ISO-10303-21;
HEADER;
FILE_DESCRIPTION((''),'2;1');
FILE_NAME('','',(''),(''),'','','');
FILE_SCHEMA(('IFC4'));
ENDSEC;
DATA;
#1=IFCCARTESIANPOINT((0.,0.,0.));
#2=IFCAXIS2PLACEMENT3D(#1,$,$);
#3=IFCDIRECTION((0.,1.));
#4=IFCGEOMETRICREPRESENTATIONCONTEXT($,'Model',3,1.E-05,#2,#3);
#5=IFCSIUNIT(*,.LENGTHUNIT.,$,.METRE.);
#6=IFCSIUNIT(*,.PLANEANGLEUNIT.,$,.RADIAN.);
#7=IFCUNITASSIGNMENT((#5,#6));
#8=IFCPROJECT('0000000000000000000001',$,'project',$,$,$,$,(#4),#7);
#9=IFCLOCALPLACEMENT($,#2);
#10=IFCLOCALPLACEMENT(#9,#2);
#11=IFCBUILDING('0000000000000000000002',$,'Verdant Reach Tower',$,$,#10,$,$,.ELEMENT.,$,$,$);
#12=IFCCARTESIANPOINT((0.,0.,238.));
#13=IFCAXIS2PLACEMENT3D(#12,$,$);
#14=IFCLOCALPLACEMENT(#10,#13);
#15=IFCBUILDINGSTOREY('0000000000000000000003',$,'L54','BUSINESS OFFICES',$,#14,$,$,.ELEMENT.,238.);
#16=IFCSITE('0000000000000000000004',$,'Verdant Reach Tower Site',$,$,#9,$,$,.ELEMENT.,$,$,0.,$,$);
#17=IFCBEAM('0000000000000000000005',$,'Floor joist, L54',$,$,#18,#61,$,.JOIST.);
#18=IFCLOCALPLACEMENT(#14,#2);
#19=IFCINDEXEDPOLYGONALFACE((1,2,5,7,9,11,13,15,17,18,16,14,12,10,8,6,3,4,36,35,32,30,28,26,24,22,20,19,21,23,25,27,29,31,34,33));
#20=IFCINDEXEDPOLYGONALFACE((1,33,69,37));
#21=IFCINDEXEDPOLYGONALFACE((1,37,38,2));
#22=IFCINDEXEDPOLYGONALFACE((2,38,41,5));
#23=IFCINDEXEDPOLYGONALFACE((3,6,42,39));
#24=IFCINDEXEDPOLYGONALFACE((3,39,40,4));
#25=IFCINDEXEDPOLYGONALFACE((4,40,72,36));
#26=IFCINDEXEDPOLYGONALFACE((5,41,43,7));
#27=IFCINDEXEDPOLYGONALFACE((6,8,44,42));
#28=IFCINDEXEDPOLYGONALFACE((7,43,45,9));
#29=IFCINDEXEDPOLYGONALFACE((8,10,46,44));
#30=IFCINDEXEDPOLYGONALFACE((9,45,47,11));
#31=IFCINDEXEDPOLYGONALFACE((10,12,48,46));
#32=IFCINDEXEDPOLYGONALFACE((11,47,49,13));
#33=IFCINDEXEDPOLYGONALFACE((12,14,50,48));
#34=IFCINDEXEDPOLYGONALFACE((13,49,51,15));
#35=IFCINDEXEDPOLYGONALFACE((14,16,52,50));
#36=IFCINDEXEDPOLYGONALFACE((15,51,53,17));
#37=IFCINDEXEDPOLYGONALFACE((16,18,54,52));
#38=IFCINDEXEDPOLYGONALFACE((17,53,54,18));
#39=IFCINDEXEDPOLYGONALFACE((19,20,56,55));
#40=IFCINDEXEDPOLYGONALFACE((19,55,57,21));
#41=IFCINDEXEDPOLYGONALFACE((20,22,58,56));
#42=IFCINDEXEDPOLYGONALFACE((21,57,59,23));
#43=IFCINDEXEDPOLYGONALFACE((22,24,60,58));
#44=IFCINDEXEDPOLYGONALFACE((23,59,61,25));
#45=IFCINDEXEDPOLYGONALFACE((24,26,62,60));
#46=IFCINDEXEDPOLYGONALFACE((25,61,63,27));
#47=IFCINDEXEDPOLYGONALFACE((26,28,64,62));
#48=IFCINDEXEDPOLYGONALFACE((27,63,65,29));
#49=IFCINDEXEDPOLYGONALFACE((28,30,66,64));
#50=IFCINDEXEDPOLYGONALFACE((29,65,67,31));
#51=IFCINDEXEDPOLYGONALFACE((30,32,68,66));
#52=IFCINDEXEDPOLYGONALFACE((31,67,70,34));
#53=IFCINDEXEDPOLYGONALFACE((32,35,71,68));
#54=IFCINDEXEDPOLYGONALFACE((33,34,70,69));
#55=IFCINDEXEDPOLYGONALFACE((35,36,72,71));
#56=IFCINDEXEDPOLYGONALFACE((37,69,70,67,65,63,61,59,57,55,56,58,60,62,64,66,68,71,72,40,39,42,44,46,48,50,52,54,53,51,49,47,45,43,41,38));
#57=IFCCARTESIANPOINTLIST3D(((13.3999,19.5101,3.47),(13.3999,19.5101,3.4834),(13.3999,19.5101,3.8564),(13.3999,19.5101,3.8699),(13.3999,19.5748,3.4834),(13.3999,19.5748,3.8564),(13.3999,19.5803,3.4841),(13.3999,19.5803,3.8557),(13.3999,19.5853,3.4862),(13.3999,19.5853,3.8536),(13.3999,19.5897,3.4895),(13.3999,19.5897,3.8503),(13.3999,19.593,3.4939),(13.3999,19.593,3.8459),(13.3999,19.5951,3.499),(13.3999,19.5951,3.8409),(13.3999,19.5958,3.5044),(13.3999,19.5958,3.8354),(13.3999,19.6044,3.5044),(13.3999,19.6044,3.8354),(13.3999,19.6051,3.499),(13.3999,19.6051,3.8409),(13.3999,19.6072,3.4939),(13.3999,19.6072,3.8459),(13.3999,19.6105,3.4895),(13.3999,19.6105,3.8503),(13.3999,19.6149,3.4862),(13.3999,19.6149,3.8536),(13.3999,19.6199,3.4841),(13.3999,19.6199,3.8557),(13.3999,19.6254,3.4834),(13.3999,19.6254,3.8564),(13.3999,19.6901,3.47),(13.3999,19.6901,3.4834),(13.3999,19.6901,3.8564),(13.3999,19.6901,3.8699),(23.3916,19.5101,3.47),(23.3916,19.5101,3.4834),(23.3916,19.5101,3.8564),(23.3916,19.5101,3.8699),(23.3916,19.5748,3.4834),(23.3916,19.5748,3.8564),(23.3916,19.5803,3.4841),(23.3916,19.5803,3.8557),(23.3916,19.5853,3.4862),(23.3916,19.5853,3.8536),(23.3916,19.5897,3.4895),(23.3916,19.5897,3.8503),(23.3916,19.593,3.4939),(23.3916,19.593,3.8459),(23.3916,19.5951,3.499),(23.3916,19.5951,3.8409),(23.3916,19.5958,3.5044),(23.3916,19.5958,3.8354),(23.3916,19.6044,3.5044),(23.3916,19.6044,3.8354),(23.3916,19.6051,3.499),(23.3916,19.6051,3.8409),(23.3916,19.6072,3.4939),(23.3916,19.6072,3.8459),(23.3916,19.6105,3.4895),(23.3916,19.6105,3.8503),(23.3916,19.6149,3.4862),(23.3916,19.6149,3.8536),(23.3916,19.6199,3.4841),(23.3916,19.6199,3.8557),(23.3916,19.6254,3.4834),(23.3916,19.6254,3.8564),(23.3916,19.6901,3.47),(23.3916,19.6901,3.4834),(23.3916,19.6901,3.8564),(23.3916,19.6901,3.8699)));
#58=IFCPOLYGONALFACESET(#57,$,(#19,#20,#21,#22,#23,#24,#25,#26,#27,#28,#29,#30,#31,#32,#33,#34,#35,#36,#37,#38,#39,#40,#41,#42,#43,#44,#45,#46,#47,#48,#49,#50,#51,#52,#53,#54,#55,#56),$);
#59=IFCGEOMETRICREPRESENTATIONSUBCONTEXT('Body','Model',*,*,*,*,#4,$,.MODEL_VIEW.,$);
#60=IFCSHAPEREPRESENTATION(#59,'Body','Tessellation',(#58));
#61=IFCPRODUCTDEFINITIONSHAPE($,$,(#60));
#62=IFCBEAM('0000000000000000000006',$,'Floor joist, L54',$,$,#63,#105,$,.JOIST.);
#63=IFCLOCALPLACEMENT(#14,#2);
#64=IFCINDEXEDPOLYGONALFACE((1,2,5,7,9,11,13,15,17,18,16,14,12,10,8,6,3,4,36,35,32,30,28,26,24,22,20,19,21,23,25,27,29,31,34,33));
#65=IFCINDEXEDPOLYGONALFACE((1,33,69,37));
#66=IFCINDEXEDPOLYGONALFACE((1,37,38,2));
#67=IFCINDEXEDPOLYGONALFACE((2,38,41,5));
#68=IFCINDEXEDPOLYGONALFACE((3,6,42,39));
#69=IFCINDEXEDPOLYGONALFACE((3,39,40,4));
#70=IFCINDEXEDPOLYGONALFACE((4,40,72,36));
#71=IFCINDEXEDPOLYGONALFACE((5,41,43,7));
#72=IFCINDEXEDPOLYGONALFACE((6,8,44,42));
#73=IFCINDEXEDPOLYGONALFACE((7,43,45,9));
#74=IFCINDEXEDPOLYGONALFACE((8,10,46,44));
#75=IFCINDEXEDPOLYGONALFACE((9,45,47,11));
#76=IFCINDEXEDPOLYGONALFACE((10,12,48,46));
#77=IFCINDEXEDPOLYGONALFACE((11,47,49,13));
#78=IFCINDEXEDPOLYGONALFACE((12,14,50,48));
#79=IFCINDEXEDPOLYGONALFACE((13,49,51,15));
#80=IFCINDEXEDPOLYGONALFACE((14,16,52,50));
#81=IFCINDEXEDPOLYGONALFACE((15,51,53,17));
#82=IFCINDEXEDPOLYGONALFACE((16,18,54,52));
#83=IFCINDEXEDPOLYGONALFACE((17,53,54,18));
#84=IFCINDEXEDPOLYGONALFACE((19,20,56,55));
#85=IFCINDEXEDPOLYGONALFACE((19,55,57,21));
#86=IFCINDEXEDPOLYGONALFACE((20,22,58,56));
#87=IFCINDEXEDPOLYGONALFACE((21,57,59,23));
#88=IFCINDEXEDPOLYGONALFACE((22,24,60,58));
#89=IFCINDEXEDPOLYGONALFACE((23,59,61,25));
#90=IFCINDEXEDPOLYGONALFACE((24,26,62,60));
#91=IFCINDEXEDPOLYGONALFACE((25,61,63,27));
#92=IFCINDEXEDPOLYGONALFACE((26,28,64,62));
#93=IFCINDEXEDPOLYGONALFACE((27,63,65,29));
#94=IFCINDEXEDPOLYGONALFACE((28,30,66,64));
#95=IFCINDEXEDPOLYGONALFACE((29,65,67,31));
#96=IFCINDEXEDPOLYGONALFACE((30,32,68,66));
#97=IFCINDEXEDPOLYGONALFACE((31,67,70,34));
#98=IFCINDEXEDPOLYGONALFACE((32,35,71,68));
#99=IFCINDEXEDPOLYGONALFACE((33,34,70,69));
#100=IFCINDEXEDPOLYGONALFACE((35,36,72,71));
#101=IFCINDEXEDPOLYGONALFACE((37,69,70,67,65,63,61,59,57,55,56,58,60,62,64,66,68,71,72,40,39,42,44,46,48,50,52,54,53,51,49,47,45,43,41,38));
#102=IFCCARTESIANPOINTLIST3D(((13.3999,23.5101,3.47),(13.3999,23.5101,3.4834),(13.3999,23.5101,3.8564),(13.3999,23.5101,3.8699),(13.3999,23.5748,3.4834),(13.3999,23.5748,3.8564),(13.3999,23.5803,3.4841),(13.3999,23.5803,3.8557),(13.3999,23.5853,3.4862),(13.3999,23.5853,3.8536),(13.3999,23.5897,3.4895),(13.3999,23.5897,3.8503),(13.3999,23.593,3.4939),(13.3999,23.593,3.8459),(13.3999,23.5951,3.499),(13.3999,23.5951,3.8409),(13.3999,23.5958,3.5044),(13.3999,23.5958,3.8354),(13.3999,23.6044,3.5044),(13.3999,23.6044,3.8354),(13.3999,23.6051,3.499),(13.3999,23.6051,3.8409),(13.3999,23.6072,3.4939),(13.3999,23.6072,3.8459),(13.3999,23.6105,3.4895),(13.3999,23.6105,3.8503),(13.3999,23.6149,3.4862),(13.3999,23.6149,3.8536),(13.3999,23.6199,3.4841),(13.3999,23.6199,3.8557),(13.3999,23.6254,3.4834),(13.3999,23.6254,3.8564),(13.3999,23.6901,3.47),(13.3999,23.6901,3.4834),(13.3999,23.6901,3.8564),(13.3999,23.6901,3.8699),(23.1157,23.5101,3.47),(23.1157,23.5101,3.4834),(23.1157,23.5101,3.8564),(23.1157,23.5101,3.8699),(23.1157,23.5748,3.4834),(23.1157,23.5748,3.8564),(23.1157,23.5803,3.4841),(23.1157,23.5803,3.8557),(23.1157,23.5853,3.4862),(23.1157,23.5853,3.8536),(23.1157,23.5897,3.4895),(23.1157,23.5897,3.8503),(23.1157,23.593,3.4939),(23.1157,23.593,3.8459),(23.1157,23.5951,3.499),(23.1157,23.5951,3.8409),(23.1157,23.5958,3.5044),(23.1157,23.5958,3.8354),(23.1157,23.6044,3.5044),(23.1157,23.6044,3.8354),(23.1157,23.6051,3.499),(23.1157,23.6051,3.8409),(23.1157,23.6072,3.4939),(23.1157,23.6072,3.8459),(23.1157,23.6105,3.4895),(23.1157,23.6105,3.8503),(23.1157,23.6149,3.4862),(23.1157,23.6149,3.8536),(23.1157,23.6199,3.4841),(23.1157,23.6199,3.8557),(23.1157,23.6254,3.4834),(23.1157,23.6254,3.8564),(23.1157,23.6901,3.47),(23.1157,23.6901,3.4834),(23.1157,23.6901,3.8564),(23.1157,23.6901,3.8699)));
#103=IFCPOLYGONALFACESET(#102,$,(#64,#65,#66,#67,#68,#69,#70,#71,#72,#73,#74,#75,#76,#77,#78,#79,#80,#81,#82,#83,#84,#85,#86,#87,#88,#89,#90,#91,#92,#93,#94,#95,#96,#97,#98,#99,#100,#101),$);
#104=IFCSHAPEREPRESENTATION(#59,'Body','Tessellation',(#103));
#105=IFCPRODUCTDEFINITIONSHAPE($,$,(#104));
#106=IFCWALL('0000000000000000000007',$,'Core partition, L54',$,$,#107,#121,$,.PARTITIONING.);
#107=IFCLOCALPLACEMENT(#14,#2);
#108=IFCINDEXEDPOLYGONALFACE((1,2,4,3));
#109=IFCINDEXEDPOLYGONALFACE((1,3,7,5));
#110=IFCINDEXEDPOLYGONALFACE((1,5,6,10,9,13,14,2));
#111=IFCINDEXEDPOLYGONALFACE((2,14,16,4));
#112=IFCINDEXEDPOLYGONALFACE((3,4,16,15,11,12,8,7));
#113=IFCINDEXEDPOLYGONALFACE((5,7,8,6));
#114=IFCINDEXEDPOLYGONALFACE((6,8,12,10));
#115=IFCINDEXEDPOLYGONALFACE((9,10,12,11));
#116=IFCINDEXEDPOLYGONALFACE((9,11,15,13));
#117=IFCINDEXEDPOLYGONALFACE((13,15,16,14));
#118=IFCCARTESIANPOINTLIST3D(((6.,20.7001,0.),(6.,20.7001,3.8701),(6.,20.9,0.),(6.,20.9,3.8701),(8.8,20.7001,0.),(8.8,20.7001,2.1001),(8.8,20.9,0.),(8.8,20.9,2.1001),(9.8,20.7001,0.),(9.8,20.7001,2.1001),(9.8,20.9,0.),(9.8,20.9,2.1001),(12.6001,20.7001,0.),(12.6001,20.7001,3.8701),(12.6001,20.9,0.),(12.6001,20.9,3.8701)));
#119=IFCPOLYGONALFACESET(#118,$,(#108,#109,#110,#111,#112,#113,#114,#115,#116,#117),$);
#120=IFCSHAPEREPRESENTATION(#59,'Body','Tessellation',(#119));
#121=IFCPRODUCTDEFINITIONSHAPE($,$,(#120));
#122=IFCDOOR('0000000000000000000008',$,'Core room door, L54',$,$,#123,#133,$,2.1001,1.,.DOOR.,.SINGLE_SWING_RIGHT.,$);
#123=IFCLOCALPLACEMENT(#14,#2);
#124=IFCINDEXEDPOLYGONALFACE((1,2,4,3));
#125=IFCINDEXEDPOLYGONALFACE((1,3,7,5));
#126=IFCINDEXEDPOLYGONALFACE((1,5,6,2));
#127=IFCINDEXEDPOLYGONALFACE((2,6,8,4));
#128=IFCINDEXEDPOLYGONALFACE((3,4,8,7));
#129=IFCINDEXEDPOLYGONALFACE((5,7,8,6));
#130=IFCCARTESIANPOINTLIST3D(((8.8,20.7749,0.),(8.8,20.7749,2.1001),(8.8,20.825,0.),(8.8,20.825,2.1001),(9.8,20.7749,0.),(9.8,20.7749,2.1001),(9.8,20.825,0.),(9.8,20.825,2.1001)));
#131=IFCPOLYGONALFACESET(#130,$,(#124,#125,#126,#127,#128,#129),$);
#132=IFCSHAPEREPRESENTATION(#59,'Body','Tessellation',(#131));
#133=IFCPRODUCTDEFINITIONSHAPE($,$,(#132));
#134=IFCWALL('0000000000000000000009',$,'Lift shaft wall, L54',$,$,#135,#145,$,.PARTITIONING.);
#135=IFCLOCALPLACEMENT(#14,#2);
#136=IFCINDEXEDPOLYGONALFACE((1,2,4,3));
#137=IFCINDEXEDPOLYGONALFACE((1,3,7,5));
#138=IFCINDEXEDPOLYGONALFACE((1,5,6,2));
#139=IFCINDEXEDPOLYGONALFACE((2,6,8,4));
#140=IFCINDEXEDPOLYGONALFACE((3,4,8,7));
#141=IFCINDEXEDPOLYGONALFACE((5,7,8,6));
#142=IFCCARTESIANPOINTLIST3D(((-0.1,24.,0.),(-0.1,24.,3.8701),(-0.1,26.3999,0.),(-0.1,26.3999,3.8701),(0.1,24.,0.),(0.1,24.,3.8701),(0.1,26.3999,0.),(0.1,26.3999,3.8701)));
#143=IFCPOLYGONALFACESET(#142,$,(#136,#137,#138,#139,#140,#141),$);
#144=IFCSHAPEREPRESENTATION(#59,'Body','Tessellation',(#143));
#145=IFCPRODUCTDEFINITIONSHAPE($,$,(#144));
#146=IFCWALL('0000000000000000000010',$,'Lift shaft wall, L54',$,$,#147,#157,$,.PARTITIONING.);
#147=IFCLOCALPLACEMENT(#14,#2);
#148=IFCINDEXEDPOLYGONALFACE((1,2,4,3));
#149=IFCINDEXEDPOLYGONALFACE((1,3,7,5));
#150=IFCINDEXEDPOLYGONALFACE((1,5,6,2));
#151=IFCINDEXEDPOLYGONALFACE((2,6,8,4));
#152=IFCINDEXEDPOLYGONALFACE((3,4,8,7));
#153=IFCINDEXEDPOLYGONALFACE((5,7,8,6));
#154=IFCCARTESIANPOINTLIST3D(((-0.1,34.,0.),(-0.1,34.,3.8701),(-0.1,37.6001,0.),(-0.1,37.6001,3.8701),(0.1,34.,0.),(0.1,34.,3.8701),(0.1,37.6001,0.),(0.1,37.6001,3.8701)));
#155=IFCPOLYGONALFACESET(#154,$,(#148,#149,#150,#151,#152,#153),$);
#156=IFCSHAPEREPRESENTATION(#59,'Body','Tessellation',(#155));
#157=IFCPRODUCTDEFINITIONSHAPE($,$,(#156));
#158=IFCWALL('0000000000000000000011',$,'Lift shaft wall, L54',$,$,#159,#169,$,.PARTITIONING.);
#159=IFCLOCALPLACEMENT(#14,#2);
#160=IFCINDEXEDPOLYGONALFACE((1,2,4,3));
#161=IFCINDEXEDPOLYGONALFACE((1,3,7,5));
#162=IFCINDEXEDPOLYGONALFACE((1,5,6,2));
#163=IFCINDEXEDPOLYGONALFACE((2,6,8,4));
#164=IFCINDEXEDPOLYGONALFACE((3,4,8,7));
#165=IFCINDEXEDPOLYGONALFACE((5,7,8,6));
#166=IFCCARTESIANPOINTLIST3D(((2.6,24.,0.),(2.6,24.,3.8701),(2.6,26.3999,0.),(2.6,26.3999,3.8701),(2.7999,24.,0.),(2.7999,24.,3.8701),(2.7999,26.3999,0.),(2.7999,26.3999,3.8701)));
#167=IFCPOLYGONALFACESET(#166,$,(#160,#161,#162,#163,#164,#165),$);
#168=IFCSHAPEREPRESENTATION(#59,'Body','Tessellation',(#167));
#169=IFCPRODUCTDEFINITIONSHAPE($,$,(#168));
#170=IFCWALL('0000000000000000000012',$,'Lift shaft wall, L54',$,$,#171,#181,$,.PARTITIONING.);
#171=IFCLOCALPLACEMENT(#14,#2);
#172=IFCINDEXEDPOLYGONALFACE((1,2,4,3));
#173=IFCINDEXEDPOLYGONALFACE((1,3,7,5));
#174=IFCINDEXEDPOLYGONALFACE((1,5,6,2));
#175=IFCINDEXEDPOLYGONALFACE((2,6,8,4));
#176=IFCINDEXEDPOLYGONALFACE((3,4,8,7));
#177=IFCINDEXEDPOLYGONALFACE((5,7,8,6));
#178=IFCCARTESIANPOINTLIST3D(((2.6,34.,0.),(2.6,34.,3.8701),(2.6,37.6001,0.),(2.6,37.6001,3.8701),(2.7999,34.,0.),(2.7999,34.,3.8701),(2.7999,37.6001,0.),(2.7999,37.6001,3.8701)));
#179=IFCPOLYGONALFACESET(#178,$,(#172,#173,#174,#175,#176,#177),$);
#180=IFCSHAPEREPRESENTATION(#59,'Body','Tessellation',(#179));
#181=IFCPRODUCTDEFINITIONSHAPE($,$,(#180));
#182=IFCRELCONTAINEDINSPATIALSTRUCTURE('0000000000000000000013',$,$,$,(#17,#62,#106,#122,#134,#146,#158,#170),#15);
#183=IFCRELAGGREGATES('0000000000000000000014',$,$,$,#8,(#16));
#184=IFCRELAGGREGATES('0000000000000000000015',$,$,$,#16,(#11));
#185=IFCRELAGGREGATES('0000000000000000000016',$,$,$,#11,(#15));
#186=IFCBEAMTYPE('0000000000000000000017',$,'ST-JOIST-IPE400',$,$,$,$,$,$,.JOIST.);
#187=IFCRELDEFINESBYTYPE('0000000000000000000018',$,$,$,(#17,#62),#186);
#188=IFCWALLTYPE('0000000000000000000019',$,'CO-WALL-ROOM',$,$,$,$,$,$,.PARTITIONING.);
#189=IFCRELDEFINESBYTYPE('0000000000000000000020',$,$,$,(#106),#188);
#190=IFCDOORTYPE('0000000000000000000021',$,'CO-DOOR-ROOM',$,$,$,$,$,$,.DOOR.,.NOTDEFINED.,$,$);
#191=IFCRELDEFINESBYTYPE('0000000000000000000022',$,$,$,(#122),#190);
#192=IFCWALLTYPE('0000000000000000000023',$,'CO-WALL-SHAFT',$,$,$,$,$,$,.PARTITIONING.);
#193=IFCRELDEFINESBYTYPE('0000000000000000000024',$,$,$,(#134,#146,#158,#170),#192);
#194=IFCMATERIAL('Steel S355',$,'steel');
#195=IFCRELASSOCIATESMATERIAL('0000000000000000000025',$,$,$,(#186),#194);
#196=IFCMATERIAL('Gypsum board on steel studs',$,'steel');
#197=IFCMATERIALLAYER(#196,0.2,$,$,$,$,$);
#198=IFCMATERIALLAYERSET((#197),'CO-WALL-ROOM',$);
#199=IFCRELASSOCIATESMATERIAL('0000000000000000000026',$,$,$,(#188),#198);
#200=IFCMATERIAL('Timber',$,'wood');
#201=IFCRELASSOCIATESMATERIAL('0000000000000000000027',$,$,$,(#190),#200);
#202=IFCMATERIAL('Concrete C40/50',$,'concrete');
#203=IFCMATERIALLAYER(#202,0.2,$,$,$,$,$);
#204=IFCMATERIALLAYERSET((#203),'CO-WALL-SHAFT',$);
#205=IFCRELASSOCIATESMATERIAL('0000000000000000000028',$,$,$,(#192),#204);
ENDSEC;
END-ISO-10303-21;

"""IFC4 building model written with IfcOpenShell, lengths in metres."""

from ifc_helpers import new_model, si_unit, direction, frame, frame_2d, origin, origin_2d, place, context, subcontext, project, spatial, rectangle, i_section, extrude, material, layer, layer_set, material_profile, profile_set, type_object, element, fill, save


model = new_model("IFC4")

# Units and contexts
model_context = context("Model", 3, precision=1e-05, world=origin(), true_north=direction((0.0, 1.0)))
body_context = subcontext(model_context, "Body", "Model", "MODEL_VIEW")
ifc_project = project(units=[si_unit("LENGTHUNIT", "METRE"), si_unit("PLANEANGLEUNIT", "RADIAN")], contexts=[model_context])

# Site, building, storey
site_placement = place(None, origin())
site = spatial("IfcSite", under=ifc_project, at=site_placement, Name="Verdant Reach Tower Site", CompositionType="ELEMENT", RefElevation=0.0)
building_placement = place(site_placement, origin())
building = spatial("IfcBuilding", under=site, at=building_placement, Name="Verdant Reach Tower", CompositionType="ELEMENT")
storey_placement = place(building_placement, frame((0.0, 0.0, 238.0)))
storey = spatial("IfcBuildingStorey", under=building, at=storey_placement, Name="L54", Description="BUSINESS OFFICES", CompositionType="ELEMENT", Elevation=238.0)

# Beams
ifc_material_1 = material(Name="Steel S355", Category="steel")
ifc_material_profile_1 = material_profile(ifc_material_1, i_section(OverallWidth=0.1799, OverallDepth=0.3999, WebThickness=0.0085, FlangeThickness=0.0134, FilletRadius=0.021, at=origin_2d()), Name="IPE 400")
ifc_profile_set_1 = profile_set([ifc_material_profile_1], Name="Steel S355")
beam_type_1 = type_object("IfcBeamType", Name="ST-JOIST-IPE400", PredefinedType="JOIST", material=ifc_profile_set_1)
beam_1_placement = place(storey_placement, frame((13.3999, 19.6001, 3.6699), z_axis=(1.0, 0.0, 0.0), x_axis=(0.0, 1.0, 0.0)))
element("IfcBeam", 1, at=beam_1_placement, inside=storey, type_object=beam_type_1, Name="Floor joist, L54", PredefinedType="JOIST", context=body_context, shape_type="SweptSolid", body=[
    extrude(i_section(OverallWidth=0.1799, OverallDepth=0.3999, WebThickness=0.0085, FlangeThickness=0.0134, FilletRadius=0.021, at=origin_2d()), origin(), (0.0, 0.0, 1.0), 9.9917),
])
beam_2_placement = place(storey_placement, frame((13.3999, 23.6001, 3.6699), z_axis=(1.0, 0.0, 0.0), x_axis=(0.0, 1.0, 0.0)))
element("IfcBeam", 2, at=beam_2_placement, inside=storey, type_object=beam_type_1, Name="Floor joist, L54", PredefinedType="JOIST", context=body_context, shape_type="SweptSolid", body=[
    extrude(i_section(OverallWidth=0.1799, OverallDepth=0.3999, WebThickness=0.0085, FlangeThickness=0.0134, FilletRadius=0.021, at=origin_2d()), origin(), (0.0, 0.0, 1.0), 9.7158),
])

# Wall, opening, door
ifc_material_2 = material(Name="Gypsum board on steel studs", Category="steel")
ifc_layer_1 = layer(ifc_material_2, 0.2)
ifc_layer_set_1 = layer_set([ifc_layer_1], Name="CO-WALL-ROOM")
wall_type_1 = type_object("IfcWallType", Name="CO-WALL-ROOM", PredefinedType="PARTITIONING", material=ifc_layer_set_1)
wall_1_placement = place(storey_placement, frame((6.0, 20.8, 0.0), z_axis=(0.0, 0.0, 1.0), x_axis=(1.0, 0.0, 0.0)))
wall_1 = element("IfcWall", 3, at=wall_1_placement, inside=storey, type_object=wall_type_1, Name="Core partition, L54", PredefinedType="PARTITIONING", context=body_context, shape_type="SweptSolid", body=[
    extrude(rectangle(XDim=6.6001, YDim=0.2, at=frame_2d((3.3, 0.0))), origin(), (0.0, 0.0, 1.0), 3.8701),
])
opening_1_placement = place(wall_1_placement, frame((2.8, 0.0, 0.0)))
opening_1 = element("IfcOpeningElement", 4, at=opening_1_placement, cuts=wall_1, PredefinedType="OPENING", context=body_context, shape_type="SweptSolid", body=[
    extrude(rectangle(XDim=1.0, YDim=2.1001, at=frame_2d((0.5, 1.05))), frame((0.0, 0.1099, 0.0), z_axis=(0.0, -1.0, 0.0), x_axis=(1.0, 0.0, 0.0)), (0.0, 0.0, 1.0), 0.22),
])
ifc_material_3 = material(Name="Timber", Category="wood")
door_type_1 = type_object("IfcDoorType", Name="CO-DOOR-ROOM", OperationType="NOTDEFINED", PredefinedType="DOOR", material=ifc_material_3)
door_1_placement = place(opening_1_placement, origin())
door_1 = element("IfcDoor", 5, at=door_1_placement, inside=storey, type_object=door_type_1, Name="Core room door, L54", OperationType="SINGLE_SWING_RIGHT", OverallHeight=2.1001, OverallWidth=1.0, PredefinedType="DOOR", context=body_context, shape_type="SweptSolid", body=[
    extrude(rectangle(XDim=1.0, YDim=2.1001, at=frame_2d((0.5, 1.05))), frame((0.0, 0.0249, 0.0), z_axis=(0.0, -1.0, 0.0), x_axis=(1.0, 0.0, 0.0)), (0.0, 0.0, 1.0), 0.05),
])
fill(opening_1, door_1)

# Walls
ifc_material_4 = material(Name="Concrete C40/50", Category="concrete")
ifc_layer_2 = layer(ifc_material_4, 0.2)
ifc_layer_set_2 = layer_set([ifc_layer_2], Name="CO-WALL-SHAFT")
wall_type_2 = type_object("IfcWallType", Name="CO-WALL-SHAFT", PredefinedType="PARTITIONING", material=ifc_layer_set_2)
wall_2_placement = place(storey_placement, frame((0.0, 24.0, 0.0), z_axis=(0.0, 0.0, 1.0), x_axis=(0.0, 1.0, 0.0)))
element("IfcWall", 6, at=wall_2_placement, inside=storey, type_object=wall_type_2, Name="Lift shaft wall, L54", PredefinedType="PARTITIONING", context=body_context, shape_type="SweptSolid", body=[
    extrude(rectangle(XDim=2.3999, YDim=0.2, at=frame_2d((1.2, 0.0))), origin(), (0.0, 0.0, 1.0), 3.8701),
])
wall_3_placement = place(storey_placement, frame((0.0, 34.0, 0.0), z_axis=(0.0, 0.0, 1.0), x_axis=(0.0, 1.0, 0.0)))
element("IfcWall", 7, at=wall_3_placement, inside=storey, type_object=wall_type_2, Name="Lift shaft wall, L54", PredefinedType="PARTITIONING", context=body_context, shape_type="SweptSolid", body=[
    extrude(rectangle(XDim=3.6001, YDim=0.2, at=frame_2d((1.8, 0.0))), origin(), (0.0, 0.0, 1.0), 3.8701),
])
wall_4_placement = place(storey_placement, frame((2.7, 24.0, 0.0), z_axis=(0.0, 0.0, 1.0), x_axis=(0.0, 1.0, 0.0)))
element("IfcWall", 8, at=wall_4_placement, inside=storey, type_object=wall_type_2, Name="Lift shaft wall, L54", PredefinedType="PARTITIONING", context=body_context, shape_type="SweptSolid", body=[
    extrude(rectangle(XDim=2.3999, YDim=0.2, at=frame_2d((1.2, 0.0))), origin(), (0.0, 0.0, 1.0), 3.8701),
])
wall_5_placement = place(storey_placement, frame((2.7, 34.0, 0.0), z_axis=(0.0, 0.0, 1.0), x_axis=(0.0, 1.0, 0.0)))
element("IfcWall", 9, at=wall_5_placement, inside=storey, type_object=wall_type_2, Name="Lift shaft wall, L54", PredefinedType="PARTITIONING", context=body_context, shape_type="SweptSolid", body=[
    extrude(rectangle(XDim=3.6001, YDim=0.2, at=frame_2d((1.8, 0.0))), origin(), (0.0, 0.0, 1.0), 3.8701),
])

save(model, "model.ifc")
